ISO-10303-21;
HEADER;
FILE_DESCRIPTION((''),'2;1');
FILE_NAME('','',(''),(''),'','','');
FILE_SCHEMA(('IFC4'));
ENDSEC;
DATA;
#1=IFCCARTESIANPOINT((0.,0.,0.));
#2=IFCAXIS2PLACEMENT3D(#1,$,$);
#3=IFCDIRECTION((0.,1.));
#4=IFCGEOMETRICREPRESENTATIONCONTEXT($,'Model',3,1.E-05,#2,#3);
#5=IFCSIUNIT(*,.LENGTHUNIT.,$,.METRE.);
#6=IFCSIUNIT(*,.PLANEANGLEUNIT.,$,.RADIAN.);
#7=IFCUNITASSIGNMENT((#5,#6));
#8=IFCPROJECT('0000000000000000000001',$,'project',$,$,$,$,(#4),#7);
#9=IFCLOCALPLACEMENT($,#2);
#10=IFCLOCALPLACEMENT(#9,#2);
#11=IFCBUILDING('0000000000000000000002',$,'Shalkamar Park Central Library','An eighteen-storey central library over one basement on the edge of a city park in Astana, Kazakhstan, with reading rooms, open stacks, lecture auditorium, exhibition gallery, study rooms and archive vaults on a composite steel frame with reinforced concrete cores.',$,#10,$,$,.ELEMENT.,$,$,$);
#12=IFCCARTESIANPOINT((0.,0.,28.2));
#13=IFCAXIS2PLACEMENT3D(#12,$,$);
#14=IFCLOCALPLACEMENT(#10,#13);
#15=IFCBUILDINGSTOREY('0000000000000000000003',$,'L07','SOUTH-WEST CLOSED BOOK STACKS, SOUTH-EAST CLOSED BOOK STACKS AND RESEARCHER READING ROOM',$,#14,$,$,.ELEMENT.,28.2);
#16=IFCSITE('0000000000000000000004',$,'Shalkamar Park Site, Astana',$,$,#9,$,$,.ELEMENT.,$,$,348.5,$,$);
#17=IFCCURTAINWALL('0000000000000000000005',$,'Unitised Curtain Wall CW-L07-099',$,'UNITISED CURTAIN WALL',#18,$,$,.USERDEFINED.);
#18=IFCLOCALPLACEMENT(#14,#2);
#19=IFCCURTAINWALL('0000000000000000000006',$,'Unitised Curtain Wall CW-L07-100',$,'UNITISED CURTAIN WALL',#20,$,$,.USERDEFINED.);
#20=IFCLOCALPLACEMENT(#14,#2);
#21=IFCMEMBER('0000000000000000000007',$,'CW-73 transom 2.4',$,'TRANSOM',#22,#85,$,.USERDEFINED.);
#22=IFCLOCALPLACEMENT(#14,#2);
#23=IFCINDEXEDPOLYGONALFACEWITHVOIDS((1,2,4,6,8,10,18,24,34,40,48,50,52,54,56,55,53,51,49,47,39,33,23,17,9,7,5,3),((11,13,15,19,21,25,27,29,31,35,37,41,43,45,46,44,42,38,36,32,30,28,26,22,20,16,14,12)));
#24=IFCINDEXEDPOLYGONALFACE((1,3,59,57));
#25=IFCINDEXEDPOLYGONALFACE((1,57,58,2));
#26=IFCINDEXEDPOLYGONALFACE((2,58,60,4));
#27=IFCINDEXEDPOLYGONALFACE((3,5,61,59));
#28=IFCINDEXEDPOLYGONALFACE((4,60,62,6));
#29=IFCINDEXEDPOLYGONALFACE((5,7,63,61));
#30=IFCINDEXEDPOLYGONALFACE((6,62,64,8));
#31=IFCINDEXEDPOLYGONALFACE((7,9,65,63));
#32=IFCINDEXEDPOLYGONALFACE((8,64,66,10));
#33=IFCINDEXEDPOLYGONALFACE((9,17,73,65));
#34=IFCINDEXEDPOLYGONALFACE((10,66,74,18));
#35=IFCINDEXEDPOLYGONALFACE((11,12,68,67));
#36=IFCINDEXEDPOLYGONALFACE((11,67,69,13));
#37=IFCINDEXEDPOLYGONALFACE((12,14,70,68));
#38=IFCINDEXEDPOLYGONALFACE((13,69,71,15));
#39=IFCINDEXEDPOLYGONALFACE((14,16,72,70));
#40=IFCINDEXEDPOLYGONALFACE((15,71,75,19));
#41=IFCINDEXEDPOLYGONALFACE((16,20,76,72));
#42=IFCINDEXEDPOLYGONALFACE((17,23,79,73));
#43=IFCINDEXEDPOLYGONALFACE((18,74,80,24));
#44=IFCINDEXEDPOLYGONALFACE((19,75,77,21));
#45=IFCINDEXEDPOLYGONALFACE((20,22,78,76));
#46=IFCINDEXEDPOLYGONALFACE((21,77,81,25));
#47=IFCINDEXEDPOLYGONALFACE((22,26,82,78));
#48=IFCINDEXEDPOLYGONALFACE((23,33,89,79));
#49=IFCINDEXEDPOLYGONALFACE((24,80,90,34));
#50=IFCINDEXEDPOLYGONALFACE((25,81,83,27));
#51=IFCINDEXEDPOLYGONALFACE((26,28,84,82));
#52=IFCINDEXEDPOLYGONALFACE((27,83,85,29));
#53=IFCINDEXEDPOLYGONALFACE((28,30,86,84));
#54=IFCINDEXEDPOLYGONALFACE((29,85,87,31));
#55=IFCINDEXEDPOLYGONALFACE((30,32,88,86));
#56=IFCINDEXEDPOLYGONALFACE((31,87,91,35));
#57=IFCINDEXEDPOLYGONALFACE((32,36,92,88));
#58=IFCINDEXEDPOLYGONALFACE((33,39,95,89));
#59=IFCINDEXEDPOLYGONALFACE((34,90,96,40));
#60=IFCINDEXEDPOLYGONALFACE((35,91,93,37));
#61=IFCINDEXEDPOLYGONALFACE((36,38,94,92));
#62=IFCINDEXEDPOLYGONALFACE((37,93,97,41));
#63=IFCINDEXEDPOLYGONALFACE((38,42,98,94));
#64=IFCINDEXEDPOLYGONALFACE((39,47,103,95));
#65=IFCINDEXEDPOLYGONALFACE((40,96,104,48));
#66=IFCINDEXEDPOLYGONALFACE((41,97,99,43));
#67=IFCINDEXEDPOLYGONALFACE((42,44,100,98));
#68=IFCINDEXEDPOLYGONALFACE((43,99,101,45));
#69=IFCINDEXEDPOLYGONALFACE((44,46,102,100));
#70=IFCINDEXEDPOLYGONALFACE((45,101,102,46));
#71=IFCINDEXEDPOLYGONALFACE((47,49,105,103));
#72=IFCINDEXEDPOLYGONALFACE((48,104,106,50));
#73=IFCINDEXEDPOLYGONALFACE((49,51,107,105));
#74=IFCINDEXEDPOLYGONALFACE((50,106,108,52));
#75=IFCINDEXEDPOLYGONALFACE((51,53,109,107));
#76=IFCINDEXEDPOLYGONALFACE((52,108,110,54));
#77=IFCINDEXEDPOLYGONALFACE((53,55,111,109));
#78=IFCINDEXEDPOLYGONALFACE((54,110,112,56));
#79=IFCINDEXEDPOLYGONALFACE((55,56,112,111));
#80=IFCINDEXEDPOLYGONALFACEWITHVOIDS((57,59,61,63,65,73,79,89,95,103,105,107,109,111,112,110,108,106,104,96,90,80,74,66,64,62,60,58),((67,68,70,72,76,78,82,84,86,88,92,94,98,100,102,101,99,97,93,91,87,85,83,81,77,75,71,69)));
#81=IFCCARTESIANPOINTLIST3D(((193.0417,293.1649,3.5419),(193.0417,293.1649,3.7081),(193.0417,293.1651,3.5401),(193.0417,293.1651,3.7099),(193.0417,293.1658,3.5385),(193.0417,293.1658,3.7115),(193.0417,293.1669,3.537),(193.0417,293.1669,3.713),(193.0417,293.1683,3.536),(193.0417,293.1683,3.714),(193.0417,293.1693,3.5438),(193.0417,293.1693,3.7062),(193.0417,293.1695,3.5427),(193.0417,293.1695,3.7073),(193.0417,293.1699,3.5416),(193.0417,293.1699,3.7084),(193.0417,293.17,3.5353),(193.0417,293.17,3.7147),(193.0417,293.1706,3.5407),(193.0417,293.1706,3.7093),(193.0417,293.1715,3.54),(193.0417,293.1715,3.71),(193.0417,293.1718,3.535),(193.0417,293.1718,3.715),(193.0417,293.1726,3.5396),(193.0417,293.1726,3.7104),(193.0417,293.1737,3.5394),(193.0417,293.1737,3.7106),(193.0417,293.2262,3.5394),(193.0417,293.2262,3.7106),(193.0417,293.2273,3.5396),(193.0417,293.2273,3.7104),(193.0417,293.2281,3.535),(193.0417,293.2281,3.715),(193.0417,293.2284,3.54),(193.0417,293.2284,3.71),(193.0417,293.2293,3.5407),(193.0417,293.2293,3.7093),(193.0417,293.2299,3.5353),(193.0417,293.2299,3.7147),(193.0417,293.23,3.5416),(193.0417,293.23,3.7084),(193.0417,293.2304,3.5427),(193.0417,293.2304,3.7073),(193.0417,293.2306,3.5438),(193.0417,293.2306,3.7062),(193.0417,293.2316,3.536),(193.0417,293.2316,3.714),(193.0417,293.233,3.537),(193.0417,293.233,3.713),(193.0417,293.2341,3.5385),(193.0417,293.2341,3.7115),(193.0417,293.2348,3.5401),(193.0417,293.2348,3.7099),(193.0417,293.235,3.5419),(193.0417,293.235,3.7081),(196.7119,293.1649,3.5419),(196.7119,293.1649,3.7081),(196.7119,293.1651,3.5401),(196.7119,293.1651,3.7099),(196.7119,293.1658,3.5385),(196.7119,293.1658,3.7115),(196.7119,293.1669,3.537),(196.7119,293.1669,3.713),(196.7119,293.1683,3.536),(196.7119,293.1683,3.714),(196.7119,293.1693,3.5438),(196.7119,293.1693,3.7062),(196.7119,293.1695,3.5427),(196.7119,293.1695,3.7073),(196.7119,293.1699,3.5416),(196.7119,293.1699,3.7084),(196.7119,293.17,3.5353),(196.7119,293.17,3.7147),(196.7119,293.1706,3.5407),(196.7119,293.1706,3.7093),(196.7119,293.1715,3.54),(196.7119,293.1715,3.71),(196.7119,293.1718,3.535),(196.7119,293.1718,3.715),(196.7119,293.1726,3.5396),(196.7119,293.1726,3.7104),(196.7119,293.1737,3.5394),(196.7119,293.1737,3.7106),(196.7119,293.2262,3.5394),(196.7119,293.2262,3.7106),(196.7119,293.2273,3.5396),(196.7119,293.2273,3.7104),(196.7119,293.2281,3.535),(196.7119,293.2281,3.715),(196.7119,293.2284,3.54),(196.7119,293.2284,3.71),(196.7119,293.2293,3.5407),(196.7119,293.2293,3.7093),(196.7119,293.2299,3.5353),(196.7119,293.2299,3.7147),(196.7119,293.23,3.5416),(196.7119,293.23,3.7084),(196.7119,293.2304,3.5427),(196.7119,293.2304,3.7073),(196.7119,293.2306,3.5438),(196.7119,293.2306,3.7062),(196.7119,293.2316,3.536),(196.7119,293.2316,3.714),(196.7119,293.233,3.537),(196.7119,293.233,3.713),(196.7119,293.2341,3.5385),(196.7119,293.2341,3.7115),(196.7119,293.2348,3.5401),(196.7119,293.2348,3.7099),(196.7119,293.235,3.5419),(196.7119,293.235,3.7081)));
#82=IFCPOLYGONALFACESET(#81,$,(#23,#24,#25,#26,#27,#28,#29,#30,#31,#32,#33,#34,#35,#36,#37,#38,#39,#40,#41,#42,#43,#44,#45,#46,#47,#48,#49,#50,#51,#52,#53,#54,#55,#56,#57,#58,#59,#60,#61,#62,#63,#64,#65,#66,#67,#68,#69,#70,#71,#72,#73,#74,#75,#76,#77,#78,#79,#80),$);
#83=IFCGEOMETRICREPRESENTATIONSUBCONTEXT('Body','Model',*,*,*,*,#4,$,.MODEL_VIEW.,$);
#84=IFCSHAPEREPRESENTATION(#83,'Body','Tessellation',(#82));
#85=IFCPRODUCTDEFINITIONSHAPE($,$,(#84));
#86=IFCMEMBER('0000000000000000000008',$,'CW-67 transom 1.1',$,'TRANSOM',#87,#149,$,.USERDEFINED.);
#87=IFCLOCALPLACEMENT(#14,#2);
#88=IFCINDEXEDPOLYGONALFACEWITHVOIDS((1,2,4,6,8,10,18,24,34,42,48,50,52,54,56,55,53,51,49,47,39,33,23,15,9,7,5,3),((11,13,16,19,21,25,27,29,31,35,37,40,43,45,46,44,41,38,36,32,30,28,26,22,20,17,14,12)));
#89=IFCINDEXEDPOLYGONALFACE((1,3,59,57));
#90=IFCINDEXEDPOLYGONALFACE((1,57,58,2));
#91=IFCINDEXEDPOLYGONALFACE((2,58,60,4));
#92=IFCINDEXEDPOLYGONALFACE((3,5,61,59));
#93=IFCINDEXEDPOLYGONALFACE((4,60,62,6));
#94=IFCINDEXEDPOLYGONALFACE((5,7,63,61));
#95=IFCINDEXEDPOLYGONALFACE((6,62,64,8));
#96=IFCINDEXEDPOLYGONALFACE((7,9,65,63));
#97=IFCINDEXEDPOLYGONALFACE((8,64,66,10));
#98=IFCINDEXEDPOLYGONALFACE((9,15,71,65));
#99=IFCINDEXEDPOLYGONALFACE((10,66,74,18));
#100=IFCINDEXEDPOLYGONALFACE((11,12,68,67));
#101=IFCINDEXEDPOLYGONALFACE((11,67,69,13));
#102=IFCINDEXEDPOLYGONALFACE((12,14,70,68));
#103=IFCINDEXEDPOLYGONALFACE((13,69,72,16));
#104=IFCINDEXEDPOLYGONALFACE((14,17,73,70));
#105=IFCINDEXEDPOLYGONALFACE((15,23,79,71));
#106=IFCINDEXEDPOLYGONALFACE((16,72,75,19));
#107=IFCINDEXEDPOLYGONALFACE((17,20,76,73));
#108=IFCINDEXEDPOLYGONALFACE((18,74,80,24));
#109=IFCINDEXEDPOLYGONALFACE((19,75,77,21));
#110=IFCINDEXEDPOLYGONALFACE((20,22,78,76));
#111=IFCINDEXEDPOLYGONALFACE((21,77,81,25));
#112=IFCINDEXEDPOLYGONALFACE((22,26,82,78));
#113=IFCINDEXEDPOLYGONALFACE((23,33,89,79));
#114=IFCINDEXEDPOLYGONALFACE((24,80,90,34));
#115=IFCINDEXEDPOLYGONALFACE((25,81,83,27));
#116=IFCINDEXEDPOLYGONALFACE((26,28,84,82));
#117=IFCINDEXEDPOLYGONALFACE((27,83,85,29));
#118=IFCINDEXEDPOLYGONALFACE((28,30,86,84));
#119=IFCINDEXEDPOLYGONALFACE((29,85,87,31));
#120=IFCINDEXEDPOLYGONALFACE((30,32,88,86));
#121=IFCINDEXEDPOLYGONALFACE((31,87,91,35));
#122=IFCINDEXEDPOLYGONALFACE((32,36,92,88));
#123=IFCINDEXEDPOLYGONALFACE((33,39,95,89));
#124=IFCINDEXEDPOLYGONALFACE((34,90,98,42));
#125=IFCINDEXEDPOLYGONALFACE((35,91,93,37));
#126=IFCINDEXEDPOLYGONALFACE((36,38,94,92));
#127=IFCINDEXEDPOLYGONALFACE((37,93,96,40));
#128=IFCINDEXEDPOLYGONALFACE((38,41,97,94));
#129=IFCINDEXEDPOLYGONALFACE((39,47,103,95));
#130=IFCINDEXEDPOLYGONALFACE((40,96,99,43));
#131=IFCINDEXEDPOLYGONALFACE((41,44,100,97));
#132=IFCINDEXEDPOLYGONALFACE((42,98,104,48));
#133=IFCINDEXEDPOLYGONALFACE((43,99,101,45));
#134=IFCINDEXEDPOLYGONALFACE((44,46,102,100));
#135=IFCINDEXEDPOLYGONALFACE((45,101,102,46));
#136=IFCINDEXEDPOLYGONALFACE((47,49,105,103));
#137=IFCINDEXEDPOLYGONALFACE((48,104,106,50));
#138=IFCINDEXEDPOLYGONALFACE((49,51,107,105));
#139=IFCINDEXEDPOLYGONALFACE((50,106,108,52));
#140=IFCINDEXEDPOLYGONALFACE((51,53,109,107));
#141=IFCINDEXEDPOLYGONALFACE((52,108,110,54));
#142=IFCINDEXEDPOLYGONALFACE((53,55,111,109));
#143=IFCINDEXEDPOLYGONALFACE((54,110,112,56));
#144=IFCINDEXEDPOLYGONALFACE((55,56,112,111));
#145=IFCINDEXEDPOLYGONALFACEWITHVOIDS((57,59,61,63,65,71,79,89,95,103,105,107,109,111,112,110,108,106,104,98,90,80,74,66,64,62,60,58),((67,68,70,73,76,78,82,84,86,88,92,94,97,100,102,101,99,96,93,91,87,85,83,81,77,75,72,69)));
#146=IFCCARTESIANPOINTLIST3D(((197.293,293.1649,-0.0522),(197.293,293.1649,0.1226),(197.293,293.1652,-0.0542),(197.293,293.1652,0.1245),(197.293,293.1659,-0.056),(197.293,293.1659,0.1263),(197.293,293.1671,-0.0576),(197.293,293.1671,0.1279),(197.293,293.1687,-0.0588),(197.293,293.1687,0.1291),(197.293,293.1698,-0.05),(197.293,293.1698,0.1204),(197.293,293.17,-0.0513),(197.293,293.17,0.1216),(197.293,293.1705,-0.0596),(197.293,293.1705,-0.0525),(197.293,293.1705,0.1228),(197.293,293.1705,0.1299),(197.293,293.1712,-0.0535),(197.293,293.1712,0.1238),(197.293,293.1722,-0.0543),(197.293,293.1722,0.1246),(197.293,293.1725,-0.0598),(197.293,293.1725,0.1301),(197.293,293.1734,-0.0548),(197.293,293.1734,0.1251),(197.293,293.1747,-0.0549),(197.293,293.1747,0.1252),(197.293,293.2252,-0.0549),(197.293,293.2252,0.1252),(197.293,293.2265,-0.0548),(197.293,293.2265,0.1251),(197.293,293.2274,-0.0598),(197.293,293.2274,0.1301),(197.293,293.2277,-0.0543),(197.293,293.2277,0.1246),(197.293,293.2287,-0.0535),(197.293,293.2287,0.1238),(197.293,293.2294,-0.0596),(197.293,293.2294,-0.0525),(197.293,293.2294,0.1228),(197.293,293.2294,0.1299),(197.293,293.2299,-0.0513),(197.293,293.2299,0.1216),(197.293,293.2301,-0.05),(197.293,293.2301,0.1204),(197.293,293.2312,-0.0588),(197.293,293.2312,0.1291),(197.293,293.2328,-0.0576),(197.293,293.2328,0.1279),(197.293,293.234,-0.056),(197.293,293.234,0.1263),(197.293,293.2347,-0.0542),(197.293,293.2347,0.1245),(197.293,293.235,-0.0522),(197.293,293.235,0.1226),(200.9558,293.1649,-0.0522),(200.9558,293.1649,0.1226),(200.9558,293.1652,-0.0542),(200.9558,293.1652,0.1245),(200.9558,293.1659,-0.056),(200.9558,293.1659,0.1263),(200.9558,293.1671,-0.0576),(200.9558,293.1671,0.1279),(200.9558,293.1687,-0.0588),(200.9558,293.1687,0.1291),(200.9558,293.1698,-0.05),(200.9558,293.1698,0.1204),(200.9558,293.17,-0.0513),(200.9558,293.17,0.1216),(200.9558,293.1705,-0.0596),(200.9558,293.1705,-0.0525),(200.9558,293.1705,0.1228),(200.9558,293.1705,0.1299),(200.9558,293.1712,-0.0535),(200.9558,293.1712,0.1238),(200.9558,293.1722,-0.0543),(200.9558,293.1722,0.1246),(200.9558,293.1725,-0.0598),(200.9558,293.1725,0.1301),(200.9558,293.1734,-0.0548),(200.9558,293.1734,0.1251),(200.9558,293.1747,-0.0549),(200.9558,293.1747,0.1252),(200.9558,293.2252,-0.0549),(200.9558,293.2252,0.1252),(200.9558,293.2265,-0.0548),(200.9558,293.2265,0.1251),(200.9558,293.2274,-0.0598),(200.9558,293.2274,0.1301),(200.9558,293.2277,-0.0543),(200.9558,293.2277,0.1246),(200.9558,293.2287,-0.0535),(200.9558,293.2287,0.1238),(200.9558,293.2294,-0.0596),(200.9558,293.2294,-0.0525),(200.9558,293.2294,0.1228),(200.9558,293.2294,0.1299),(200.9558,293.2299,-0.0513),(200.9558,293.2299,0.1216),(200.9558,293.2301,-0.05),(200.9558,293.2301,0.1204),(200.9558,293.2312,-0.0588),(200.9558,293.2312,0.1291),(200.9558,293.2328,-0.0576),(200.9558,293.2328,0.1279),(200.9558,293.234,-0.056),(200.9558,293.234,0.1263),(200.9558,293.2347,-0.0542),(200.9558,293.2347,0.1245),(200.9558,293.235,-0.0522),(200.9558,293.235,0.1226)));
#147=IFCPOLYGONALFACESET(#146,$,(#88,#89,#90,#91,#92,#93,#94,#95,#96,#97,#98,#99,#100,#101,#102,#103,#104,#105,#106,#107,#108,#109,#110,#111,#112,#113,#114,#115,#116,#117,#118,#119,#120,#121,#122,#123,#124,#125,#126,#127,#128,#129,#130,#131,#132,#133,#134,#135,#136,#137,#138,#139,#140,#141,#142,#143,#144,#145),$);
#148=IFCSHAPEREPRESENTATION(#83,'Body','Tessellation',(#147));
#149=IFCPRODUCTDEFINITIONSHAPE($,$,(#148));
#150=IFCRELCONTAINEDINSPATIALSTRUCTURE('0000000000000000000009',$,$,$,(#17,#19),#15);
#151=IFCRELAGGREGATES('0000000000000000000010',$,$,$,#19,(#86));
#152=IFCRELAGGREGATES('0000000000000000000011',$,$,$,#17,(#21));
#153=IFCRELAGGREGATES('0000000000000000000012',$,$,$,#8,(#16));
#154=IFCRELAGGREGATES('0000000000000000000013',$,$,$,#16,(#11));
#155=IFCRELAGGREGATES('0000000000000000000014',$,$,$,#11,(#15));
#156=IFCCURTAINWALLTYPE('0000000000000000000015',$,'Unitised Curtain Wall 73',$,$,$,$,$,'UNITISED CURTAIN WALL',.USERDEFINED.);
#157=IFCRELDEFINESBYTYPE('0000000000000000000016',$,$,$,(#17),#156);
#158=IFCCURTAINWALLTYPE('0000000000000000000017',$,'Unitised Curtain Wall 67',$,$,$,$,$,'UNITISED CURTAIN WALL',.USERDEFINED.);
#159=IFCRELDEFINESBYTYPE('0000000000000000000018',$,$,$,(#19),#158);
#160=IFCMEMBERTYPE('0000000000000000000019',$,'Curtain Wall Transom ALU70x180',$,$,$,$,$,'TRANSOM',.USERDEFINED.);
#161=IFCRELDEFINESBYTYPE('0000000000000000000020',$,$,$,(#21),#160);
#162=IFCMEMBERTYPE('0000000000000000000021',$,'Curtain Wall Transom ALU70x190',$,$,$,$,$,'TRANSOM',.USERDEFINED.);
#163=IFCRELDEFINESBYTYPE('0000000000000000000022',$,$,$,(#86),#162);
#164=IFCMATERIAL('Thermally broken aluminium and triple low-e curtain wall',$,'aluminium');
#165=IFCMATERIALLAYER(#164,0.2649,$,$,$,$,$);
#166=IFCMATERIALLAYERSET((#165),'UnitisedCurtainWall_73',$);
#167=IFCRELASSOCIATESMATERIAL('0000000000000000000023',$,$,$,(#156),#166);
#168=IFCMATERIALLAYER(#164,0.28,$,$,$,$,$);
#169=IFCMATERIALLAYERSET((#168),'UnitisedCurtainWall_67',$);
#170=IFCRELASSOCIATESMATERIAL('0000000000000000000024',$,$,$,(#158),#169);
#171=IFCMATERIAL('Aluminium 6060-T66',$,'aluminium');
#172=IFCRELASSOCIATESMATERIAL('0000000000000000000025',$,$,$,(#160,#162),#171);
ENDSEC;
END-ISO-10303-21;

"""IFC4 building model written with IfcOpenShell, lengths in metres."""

from ifc_helpers import new_model, si_unit, direction, frame, origin, origin_2d, place, context, subcontext, project, spatial, hollow_rectangle, extrude, material, layer, layer_set, material_profile, profile_set, type_object, element, aggregate, save


model = new_model("IFC4")

# Units and contexts
model_context = context("Model", 3, precision=1e-05, world=origin(), true_north=direction((0.0, 1.0)))
body_context = subcontext(model_context, "Body", "Model", "MODEL_VIEW")
ifc_project = project(units=[si_unit("LENGTHUNIT", "METRE"), si_unit("PLANEANGLEUNIT", "RADIAN")], contexts=[model_context])

# Site, building, storey
site_placement = place(None, origin())
site = spatial("IfcSite", under=ifc_project, at=site_placement, Name="Shalkamar Park Site, Astana", CompositionType="ELEMENT", RefElevation=348.5)
building_placement = place(site_placement, origin())
building = spatial("IfcBuilding", under=site, at=building_placement, Name="Shalkamar Park Central Library", Description="An eighteen-storey central library over one basement on the edge of a city park in Astana, Kazakhstan, with reading rooms, open stacks, lecture auditorium, exhibition gallery, study rooms and archive vaults on a composite steel frame with reinforced concrete cores.", CompositionType="ELEMENT")
storey_placement = place(building_placement, frame((0.0, 0.0, 28.2)))
storey = spatial("IfcBuildingStorey", under=building, at=storey_placement, Name="L07", Description="SOUTH-WEST CLOSED BOOK STACKS, SOUTH-EAST CLOSED BOOK STACKS AND RESEARCHER READING ROOM", CompositionType="ELEMENT", Elevation=28.2)

# Curtain wall
ifc_material_1 = material(Name="Thermally broken aluminium and triple low-e curtain wall", Category="aluminium")
ifc_layer_1 = layer(ifc_material_1, 0.2649)
ifc_layer_set_1 = layer_set([ifc_layer_1], Name="UnitisedCurtainWall_73")
curtain_wall_type_1 = type_object("IfcCurtainWallType", Name="Unitised Curtain Wall 73", ElementType="UNITISED CURTAIN WALL", PredefinedType="USERDEFINED", material=ifc_layer_set_1)
curtain_wall_1_placement = place(storey_placement, origin())
curtain_wall_1 = element("IfcCurtainWall", 1, at=curtain_wall_1_placement, inside=storey, type_object=curtain_wall_type_1, Name="Unitised Curtain Wall CW-L07-099", ObjectType="UNITISED CURTAIN WALL", PredefinedType="USERDEFINED")
ifc_material_2 = material(Name="Aluminium 6060-T66", Category="aluminium")

# Curtain wall
ifc_layer_2 = layer(ifc_material_1, 0.28)
ifc_layer_set_2 = layer_set([ifc_layer_2], Name="UnitisedCurtainWall_67")
curtain_wall_type_2 = type_object("IfcCurtainWallType", Name="Unitised Curtain Wall 67", ElementType="UNITISED CURTAIN WALL", PredefinedType="USERDEFINED", material=ifc_layer_set_2)
curtain_wall_2_placement = place(storey_placement, origin())
curtain_wall_2 = element("IfcCurtainWall", 2, at=curtain_wall_2_placement, inside=storey, type_object=curtain_wall_type_2, Name="Unitised Curtain Wall CW-L07-100", ObjectType="UNITISED CURTAIN WALL", PredefinedType="USERDEFINED")

# Members
ifc_material_profile_1 = material_profile(ifc_material_2, hollow_rectangle(XDim=0.0701, YDim=0.1799, WallThickness=0.0044, InnerFilletRadius=0.0044, OuterFilletRadius=0.0068, at=origin_2d()), Name="ALU 70x180x4.5")
ifc_profile_set_1 = profile_set([ifc_material_profile_1], Name="Aluminium 6060-T66")
member_type_1 = type_object("IfcMemberType", Name="Curtain Wall Transom ALU70x180", ElementType="TRANSOM", PredefinedType="USERDEFINED", material=ifc_profile_set_1)
member_1_placement = place(storey_placement, frame((193.0417, 293.2, 3.625), z_axis=(1.0, 0.0, 0.0), x_axis=(0.0, 1.0, 0.0)))
member_1 = element("IfcMember", 3, at=member_1_placement, type_object=member_type_1, Name="CW-73 transom 2.4", ObjectType="TRANSOM", PredefinedType="USERDEFINED", context=body_context, shape_type="SweptSolid", body=[
    extrude(hollow_rectangle(XDim=0.0701, YDim=0.1799, WallThickness=0.0044, InnerFilletRadius=0.0044, OuterFilletRadius=0.0068, at=origin_2d()), origin(), (0.0, 0.0, 1.0), 3.6702),
])
ifc_material_profile_2 = material_profile(ifc_material_2, hollow_rectangle(XDim=0.0701, YDim=0.1899, WallThickness=0.0049, InnerFilletRadius=0.0049, OuterFilletRadius=0.0076, at=origin_2d()), Name="ALU 70x190x5")
ifc_profile_set_2 = profile_set([ifc_material_profile_2], Name="Aluminium 6060-T66")
member_type_2 = type_object("IfcMemberType", Name="Curtain Wall Transom ALU70x190", ElementType="TRANSOM", PredefinedType="USERDEFINED", material=ifc_profile_set_2)
member_2_placement = place(storey_placement, frame((197.293, 293.2, 0.0352), z_axis=(1.0, 0.0, 0.0), x_axis=(0.0, 1.0, 0.0)))
member_2 = element("IfcMember", 4, at=member_2_placement, type_object=member_type_2, Name="CW-67 transom 1.1", ObjectType="TRANSOM", PredefinedType="USERDEFINED", context=body_context, shape_type="SweptSolid", body=[
    extrude(hollow_rectangle(XDim=0.0701, YDim=0.1899, WallThickness=0.0049, InnerFilletRadius=0.0049, OuterFilletRadius=0.0076, at=origin_2d()), origin(), (0.0, 0.0, 1.0), 3.6628),
])

aggregate(curtain_wall_2, [member_2])
aggregate(curtain_wall_1, [member_1])

save(model, "model.ifc")
